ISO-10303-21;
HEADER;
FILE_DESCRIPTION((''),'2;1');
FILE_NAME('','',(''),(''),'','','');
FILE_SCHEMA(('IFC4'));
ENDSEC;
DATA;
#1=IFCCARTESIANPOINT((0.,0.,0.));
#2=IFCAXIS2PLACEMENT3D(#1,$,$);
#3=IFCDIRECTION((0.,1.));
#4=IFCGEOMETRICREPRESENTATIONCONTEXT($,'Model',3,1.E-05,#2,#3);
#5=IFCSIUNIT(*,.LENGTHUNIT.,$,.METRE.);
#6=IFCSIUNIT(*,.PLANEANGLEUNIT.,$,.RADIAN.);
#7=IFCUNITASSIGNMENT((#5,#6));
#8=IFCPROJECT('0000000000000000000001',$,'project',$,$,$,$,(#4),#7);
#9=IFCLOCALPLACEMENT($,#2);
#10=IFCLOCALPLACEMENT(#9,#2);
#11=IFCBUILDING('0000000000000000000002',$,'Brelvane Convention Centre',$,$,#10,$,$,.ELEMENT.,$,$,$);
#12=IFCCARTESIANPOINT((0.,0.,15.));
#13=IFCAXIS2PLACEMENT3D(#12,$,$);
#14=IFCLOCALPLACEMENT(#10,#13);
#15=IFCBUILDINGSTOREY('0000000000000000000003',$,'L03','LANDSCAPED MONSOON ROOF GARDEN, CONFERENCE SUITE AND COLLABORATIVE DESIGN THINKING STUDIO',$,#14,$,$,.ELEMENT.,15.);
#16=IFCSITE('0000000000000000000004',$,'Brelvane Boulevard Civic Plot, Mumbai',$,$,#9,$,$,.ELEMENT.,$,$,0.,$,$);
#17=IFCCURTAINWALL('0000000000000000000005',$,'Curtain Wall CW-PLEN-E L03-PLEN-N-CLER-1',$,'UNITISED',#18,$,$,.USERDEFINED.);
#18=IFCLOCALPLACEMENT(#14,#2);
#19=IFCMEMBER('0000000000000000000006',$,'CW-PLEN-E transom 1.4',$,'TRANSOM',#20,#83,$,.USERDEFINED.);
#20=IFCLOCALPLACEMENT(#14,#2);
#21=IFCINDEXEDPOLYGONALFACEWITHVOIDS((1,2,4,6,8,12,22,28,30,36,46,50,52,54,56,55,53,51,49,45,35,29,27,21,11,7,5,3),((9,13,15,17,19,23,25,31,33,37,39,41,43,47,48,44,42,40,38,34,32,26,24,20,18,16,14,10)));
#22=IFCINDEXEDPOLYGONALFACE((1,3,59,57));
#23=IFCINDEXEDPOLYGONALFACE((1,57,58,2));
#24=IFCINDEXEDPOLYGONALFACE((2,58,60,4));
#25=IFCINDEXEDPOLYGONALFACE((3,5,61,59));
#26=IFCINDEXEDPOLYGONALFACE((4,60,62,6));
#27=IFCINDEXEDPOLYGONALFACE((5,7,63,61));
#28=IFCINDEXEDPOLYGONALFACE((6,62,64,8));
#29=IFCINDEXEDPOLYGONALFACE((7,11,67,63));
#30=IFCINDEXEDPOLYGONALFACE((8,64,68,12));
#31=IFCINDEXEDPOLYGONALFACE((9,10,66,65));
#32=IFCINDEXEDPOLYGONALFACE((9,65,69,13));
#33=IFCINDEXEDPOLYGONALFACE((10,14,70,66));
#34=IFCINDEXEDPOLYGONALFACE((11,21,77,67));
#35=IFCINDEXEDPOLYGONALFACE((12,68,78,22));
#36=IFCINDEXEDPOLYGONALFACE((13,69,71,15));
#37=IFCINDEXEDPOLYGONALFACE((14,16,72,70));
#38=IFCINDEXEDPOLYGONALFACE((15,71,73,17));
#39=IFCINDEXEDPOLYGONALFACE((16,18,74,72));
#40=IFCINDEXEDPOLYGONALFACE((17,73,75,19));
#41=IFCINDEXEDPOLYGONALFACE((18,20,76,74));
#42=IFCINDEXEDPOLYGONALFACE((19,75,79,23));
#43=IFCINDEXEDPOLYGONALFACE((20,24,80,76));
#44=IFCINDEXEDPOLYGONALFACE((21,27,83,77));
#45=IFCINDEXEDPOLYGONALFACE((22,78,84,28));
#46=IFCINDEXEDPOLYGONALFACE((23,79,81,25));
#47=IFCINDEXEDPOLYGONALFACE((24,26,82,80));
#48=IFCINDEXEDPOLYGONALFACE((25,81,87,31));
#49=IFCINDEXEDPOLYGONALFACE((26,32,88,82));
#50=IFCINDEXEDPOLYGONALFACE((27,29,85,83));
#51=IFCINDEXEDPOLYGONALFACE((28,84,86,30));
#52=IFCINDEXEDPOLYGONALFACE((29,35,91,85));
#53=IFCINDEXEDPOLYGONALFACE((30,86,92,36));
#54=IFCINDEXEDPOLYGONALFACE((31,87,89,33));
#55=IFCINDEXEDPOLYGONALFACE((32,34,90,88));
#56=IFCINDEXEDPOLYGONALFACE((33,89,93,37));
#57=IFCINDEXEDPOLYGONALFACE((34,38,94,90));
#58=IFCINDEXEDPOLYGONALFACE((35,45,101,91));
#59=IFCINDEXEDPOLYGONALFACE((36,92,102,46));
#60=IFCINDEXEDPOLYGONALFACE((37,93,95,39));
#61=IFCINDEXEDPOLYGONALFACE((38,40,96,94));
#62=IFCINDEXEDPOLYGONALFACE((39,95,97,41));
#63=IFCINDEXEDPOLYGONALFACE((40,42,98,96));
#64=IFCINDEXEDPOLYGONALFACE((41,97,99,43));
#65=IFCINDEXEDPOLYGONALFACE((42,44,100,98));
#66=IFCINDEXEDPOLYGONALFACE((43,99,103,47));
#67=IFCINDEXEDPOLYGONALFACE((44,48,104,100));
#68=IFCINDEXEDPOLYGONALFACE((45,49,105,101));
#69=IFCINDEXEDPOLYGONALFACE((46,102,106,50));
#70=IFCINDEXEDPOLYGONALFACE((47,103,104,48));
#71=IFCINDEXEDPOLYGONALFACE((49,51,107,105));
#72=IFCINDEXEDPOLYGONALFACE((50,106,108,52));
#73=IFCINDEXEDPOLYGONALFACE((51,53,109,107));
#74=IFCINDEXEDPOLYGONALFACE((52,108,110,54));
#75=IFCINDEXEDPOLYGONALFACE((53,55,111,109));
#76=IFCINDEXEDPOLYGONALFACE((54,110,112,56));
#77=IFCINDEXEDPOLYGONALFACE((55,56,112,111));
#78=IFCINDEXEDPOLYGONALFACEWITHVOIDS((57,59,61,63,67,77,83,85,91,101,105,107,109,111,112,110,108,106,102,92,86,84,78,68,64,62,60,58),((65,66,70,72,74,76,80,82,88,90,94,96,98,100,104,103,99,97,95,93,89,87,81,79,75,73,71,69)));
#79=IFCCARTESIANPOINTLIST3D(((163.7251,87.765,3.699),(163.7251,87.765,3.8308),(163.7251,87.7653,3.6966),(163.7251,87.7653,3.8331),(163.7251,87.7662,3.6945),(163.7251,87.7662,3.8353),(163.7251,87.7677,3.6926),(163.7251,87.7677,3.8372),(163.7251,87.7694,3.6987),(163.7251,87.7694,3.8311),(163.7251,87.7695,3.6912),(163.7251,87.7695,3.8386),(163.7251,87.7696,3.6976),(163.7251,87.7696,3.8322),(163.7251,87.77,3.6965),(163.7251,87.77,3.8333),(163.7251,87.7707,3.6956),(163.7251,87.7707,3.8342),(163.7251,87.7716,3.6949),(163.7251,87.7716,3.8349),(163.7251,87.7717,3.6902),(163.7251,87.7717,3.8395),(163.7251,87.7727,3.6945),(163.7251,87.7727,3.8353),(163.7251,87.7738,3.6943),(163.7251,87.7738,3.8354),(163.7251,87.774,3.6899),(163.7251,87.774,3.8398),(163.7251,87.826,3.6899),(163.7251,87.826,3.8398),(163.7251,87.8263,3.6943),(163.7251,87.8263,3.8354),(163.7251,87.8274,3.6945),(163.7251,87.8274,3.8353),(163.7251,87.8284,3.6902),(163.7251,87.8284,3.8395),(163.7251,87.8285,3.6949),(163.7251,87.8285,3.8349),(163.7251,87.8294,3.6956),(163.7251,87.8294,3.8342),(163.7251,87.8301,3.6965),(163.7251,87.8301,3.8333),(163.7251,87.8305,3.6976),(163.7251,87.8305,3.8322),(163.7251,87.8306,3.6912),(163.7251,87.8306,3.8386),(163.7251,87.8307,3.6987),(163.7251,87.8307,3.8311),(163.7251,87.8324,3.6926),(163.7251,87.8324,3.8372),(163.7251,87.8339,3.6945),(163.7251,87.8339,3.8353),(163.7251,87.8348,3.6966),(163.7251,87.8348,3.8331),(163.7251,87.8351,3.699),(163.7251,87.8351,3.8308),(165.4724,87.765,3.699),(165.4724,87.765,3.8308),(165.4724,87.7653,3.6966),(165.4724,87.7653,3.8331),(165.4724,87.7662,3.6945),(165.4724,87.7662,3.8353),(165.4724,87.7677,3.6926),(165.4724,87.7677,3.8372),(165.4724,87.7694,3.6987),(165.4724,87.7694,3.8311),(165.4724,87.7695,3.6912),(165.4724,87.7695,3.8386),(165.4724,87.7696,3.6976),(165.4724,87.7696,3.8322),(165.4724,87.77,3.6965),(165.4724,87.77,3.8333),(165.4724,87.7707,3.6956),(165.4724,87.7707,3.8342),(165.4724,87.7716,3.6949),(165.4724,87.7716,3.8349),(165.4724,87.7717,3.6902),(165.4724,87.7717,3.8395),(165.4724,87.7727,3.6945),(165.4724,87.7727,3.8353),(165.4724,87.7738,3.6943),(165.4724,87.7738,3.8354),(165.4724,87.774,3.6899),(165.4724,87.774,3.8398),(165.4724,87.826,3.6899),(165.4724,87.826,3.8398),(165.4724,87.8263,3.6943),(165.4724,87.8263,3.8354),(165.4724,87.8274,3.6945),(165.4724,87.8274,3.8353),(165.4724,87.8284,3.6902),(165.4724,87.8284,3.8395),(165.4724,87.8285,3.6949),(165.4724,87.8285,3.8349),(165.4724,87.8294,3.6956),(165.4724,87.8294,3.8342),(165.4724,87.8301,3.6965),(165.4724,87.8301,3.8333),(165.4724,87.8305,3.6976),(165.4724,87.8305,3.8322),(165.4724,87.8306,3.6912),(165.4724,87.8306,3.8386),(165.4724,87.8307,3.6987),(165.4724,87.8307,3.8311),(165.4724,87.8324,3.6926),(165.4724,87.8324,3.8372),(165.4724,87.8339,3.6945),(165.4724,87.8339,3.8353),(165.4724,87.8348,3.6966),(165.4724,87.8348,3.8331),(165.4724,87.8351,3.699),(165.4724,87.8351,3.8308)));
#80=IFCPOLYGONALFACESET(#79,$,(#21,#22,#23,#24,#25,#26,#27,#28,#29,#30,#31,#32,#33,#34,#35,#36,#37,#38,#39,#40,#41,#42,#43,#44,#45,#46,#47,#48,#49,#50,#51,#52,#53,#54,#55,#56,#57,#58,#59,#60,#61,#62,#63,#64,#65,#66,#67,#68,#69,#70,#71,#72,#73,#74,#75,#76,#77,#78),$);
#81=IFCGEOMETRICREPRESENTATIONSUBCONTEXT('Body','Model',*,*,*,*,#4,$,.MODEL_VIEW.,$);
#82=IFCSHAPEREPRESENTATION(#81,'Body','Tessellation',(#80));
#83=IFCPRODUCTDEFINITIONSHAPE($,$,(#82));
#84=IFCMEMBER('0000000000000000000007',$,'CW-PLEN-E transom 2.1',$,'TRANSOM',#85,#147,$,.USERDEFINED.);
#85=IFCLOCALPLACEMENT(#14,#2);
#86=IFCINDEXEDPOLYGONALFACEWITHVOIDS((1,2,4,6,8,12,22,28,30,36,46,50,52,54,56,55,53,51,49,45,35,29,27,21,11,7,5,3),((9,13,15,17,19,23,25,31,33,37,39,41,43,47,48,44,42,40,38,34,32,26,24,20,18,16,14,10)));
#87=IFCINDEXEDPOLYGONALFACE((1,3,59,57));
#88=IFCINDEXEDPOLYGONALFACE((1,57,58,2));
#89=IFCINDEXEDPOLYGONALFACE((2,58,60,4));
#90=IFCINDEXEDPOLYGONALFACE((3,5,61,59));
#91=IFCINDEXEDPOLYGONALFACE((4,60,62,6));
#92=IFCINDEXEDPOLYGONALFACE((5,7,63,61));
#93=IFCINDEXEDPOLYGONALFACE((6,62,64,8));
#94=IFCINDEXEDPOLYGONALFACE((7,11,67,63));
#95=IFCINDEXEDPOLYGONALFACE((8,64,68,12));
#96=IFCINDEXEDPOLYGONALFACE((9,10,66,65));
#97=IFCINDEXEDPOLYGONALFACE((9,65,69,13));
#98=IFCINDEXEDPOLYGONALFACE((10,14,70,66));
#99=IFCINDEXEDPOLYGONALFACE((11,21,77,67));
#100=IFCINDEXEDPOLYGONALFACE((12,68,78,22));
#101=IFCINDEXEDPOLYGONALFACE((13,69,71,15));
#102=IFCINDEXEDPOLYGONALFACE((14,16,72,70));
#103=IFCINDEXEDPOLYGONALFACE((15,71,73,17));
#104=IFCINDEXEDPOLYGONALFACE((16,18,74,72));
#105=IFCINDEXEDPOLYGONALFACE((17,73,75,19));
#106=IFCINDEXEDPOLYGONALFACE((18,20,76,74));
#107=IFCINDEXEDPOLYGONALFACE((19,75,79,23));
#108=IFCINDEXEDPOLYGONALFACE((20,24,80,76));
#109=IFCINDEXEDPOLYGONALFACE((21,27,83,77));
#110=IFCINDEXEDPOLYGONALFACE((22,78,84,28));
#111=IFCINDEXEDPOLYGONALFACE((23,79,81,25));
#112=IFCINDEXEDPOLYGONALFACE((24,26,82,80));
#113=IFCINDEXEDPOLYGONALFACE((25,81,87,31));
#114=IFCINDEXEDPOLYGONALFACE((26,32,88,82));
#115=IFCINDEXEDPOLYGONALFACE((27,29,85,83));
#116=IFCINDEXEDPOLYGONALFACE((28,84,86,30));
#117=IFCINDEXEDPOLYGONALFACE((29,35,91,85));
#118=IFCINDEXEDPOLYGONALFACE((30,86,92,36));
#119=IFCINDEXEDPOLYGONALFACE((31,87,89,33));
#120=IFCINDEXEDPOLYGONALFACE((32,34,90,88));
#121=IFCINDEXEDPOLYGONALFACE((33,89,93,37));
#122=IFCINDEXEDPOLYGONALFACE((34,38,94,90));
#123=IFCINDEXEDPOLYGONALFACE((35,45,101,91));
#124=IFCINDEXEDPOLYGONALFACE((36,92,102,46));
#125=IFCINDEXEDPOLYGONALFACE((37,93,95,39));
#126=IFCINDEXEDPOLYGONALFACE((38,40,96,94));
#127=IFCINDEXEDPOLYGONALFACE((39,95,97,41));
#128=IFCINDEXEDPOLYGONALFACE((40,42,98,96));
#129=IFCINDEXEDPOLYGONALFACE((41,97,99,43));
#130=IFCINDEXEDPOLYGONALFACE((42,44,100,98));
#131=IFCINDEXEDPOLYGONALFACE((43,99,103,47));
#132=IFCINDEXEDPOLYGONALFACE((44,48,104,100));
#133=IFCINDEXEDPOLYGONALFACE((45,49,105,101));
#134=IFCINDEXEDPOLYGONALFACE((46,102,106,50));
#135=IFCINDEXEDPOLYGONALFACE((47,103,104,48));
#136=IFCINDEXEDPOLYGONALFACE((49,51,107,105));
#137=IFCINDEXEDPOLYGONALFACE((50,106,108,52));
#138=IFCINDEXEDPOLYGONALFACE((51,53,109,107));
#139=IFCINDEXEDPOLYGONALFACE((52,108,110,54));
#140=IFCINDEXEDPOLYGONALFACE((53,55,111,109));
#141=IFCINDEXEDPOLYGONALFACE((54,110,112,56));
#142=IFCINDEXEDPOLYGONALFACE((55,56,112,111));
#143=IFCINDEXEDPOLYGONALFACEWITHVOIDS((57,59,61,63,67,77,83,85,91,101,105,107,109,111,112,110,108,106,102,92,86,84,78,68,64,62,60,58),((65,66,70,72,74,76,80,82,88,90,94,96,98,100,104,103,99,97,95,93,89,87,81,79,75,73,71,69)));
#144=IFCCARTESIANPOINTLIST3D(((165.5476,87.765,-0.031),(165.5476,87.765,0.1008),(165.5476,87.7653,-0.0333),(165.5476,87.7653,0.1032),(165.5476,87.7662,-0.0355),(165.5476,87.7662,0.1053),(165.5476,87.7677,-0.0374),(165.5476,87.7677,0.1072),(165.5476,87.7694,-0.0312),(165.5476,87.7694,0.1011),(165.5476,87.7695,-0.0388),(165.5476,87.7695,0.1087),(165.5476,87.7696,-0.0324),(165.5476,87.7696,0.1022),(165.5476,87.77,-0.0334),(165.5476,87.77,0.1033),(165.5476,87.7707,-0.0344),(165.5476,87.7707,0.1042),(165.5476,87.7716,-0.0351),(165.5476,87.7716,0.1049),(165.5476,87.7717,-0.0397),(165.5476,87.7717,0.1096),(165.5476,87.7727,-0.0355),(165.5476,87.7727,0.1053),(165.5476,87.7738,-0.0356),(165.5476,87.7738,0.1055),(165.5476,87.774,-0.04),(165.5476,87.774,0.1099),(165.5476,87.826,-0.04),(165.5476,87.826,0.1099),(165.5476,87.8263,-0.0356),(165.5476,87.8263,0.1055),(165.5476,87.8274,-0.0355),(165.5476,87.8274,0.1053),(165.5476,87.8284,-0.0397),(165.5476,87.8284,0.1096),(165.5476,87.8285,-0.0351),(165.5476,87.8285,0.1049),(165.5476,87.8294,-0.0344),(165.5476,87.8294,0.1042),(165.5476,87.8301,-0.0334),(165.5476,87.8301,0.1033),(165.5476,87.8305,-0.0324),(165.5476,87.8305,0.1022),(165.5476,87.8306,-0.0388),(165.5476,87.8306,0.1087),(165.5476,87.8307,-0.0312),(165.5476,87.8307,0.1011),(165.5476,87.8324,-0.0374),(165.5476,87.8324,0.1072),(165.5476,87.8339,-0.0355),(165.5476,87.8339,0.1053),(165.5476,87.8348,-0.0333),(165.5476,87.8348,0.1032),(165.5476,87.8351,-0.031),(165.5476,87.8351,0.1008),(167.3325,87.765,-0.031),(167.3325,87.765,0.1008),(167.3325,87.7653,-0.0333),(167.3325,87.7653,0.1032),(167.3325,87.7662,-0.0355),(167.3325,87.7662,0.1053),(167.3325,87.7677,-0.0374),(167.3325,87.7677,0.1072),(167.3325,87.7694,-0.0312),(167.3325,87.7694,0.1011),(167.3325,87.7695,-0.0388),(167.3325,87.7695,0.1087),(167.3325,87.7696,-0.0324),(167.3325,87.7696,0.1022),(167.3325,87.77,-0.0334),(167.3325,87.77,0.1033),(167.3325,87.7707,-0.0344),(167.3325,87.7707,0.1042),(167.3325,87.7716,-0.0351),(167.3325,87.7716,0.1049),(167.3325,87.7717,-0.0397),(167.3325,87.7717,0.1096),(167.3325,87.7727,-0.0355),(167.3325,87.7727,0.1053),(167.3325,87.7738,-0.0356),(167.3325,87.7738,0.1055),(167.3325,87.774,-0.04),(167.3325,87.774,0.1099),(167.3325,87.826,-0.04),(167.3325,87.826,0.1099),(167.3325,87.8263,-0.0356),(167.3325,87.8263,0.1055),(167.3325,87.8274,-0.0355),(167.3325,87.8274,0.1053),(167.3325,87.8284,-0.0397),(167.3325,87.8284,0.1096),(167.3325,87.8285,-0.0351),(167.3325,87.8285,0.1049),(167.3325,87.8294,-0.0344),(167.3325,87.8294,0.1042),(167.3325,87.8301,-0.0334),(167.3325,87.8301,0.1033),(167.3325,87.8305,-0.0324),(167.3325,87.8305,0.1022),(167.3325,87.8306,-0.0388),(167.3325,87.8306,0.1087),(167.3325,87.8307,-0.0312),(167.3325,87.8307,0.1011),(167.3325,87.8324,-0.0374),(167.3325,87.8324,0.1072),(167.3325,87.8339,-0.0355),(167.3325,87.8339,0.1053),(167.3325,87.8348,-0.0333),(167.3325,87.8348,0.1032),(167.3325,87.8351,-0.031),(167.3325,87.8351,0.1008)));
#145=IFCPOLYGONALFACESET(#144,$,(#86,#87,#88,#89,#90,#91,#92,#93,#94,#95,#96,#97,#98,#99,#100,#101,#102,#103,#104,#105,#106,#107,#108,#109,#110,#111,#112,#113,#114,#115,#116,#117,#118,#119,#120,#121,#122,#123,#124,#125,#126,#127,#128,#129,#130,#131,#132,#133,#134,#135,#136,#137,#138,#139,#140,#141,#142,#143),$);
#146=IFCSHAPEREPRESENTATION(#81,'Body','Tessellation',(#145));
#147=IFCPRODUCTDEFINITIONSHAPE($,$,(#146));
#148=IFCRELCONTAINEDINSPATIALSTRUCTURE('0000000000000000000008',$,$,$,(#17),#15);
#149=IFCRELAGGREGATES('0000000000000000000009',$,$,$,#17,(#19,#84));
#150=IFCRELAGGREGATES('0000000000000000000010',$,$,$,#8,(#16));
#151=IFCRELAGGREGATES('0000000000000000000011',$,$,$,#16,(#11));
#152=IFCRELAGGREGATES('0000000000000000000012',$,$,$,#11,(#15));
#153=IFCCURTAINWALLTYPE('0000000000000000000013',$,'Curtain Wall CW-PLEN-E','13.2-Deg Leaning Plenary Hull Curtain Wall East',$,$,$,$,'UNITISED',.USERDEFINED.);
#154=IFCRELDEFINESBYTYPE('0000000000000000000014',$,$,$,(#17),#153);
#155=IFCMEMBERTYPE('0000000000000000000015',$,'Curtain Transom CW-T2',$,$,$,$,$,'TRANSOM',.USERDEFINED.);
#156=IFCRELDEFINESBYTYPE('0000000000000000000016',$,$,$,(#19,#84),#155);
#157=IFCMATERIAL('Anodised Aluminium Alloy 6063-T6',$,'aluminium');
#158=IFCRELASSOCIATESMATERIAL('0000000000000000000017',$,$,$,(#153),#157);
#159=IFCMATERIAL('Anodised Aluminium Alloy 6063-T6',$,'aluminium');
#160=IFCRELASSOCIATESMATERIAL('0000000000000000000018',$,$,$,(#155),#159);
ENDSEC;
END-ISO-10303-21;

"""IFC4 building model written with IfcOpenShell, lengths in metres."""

from ifc_helpers import new_model, si_unit, direction, frame, origin, origin_2d, place, context, subcontext, project, spatial, hollow_rectangle, extrude, material, material_profile, profile_set, type_object, element, aggregate, save


model = new_model("IFC4")

# Units and contexts
model_context = context("Model", 3, precision=1e-05, world=origin(), true_north=direction((0.0, 1.0)))
body_context = subcontext(model_context, "Body", "Model", "MODEL_VIEW")
ifc_project = project(units=[si_unit("LENGTHUNIT", "METRE"), si_unit("PLANEANGLEUNIT", "RADIAN")], contexts=[model_context])

# Site, building, storey
site_placement = place(None, origin())
site = spatial("IfcSite", under=ifc_project, at=site_placement, Name="Brelvane Boulevard Civic Plot, Mumbai", CompositionType="ELEMENT", RefElevation=0.0)
building_placement = place(site_placement, origin())
building = spatial("IfcBuilding", under=site, at=building_placement, Name="Brelvane Convention Centre", CompositionType="ELEMENT")
storey_placement = place(building_placement, frame((0.0, 0.0, 15.0)))
storey = spatial("IfcBuildingStorey", under=building, at=storey_placement, Name="L03", Description="LANDSCAPED MONSOON ROOF GARDEN, CONFERENCE SUITE AND COLLABORATIVE DESIGN THINKING STUDIO", CompositionType="ELEMENT", Elevation=15.0)

# Curtain wall, members
ifc_material_1 = material(Name="Anodised Aluminium Alloy 6063-T6", Category="aluminium")
curtain_wall_type = type_object("IfcCurtainWallType", Name="Curtain Wall CW-PLEN-E", Description="13.2-Deg Leaning Plenary Hull Curtain Wall East", ElementType="UNITISED", PredefinedType="USERDEFINED", material=ifc_material_1)
curtain_wall_placement = place(storey_placement, origin())
curtain_wall = element("IfcCurtainWall", 1, at=curtain_wall_placement, inside=storey, type_object=curtain_wall_type, Name="Curtain Wall CW-PLEN-E L03-PLEN-N-CLER-1", ObjectType="UNITISED", PredefinedType="USERDEFINED")
ifc_material_2 = material(Name="Anodised Aluminium Alloy 6063-T6", Category="aluminium")
ifc_material_profile_1 = material_profile(ifc_material_2, hollow_rectangle(XDim=0.0701, YDim=0.1499, WallThickness=0.0044, InnerFilletRadius=0.0044, OuterFilletRadius=0.009, at=origin_2d()), Name="ALU-T 150x70x4.5")
ifc_profile_set_1 = profile_set([ifc_material_profile_1], Name="Anodised Aluminium Alloy 6063-T6")
member_type_1 = type_object("IfcMemberType", Name="Curtain Transom CW-T2", ElementType="TRANSOM", PredefinedType="USERDEFINED", material=ifc_profile_set_1)
member_1_placement = place(storey_placement, frame((163.7251, 87.8, 3.7649), z_axis=(1.0, 0.0, 0.0), x_axis=(0.0, 1.0, 0.0)))
member_1 = element("IfcMember", 2, at=member_1_placement, type_object=member_type_1, Name="CW-PLEN-E transom 1.4", ObjectType="TRANSOM", PredefinedType="USERDEFINED", context=body_context, shape_type="SweptSolid", body=[
    extrude(hollow_rectangle(XDim=0.0701, YDim=0.1499, WallThickness=0.0044, InnerFilletRadius=0.0044, OuterFilletRadius=0.009, at=origin_2d()), origin(), (0.0, 0.0, 1.0), 1.7473),
])
member_2_placement = place(storey_placement, frame((165.5476, 87.8, 0.0349), z_axis=(1.0, 0.0, 0.0), x_axis=(0.0, 1.0, 0.0)))
member_2 = element("IfcMember", 3, at=member_2_placement, type_object=member_type_1, Name="CW-PLEN-E transom 2.1", ObjectType="TRANSOM", PredefinedType="USERDEFINED", context=body_context, shape_type="SweptSolid", body=[
    extrude(hollow_rectangle(XDim=0.0701, YDim=0.1499, WallThickness=0.0044, InnerFilletRadius=0.0044, OuterFilletRadius=0.009, at=origin_2d()), origin(), (0.0, 0.0, 1.0), 1.7849),
])

aggregate(curtain_wall, [member_1, member_2])

save(model, "model.ifc")
